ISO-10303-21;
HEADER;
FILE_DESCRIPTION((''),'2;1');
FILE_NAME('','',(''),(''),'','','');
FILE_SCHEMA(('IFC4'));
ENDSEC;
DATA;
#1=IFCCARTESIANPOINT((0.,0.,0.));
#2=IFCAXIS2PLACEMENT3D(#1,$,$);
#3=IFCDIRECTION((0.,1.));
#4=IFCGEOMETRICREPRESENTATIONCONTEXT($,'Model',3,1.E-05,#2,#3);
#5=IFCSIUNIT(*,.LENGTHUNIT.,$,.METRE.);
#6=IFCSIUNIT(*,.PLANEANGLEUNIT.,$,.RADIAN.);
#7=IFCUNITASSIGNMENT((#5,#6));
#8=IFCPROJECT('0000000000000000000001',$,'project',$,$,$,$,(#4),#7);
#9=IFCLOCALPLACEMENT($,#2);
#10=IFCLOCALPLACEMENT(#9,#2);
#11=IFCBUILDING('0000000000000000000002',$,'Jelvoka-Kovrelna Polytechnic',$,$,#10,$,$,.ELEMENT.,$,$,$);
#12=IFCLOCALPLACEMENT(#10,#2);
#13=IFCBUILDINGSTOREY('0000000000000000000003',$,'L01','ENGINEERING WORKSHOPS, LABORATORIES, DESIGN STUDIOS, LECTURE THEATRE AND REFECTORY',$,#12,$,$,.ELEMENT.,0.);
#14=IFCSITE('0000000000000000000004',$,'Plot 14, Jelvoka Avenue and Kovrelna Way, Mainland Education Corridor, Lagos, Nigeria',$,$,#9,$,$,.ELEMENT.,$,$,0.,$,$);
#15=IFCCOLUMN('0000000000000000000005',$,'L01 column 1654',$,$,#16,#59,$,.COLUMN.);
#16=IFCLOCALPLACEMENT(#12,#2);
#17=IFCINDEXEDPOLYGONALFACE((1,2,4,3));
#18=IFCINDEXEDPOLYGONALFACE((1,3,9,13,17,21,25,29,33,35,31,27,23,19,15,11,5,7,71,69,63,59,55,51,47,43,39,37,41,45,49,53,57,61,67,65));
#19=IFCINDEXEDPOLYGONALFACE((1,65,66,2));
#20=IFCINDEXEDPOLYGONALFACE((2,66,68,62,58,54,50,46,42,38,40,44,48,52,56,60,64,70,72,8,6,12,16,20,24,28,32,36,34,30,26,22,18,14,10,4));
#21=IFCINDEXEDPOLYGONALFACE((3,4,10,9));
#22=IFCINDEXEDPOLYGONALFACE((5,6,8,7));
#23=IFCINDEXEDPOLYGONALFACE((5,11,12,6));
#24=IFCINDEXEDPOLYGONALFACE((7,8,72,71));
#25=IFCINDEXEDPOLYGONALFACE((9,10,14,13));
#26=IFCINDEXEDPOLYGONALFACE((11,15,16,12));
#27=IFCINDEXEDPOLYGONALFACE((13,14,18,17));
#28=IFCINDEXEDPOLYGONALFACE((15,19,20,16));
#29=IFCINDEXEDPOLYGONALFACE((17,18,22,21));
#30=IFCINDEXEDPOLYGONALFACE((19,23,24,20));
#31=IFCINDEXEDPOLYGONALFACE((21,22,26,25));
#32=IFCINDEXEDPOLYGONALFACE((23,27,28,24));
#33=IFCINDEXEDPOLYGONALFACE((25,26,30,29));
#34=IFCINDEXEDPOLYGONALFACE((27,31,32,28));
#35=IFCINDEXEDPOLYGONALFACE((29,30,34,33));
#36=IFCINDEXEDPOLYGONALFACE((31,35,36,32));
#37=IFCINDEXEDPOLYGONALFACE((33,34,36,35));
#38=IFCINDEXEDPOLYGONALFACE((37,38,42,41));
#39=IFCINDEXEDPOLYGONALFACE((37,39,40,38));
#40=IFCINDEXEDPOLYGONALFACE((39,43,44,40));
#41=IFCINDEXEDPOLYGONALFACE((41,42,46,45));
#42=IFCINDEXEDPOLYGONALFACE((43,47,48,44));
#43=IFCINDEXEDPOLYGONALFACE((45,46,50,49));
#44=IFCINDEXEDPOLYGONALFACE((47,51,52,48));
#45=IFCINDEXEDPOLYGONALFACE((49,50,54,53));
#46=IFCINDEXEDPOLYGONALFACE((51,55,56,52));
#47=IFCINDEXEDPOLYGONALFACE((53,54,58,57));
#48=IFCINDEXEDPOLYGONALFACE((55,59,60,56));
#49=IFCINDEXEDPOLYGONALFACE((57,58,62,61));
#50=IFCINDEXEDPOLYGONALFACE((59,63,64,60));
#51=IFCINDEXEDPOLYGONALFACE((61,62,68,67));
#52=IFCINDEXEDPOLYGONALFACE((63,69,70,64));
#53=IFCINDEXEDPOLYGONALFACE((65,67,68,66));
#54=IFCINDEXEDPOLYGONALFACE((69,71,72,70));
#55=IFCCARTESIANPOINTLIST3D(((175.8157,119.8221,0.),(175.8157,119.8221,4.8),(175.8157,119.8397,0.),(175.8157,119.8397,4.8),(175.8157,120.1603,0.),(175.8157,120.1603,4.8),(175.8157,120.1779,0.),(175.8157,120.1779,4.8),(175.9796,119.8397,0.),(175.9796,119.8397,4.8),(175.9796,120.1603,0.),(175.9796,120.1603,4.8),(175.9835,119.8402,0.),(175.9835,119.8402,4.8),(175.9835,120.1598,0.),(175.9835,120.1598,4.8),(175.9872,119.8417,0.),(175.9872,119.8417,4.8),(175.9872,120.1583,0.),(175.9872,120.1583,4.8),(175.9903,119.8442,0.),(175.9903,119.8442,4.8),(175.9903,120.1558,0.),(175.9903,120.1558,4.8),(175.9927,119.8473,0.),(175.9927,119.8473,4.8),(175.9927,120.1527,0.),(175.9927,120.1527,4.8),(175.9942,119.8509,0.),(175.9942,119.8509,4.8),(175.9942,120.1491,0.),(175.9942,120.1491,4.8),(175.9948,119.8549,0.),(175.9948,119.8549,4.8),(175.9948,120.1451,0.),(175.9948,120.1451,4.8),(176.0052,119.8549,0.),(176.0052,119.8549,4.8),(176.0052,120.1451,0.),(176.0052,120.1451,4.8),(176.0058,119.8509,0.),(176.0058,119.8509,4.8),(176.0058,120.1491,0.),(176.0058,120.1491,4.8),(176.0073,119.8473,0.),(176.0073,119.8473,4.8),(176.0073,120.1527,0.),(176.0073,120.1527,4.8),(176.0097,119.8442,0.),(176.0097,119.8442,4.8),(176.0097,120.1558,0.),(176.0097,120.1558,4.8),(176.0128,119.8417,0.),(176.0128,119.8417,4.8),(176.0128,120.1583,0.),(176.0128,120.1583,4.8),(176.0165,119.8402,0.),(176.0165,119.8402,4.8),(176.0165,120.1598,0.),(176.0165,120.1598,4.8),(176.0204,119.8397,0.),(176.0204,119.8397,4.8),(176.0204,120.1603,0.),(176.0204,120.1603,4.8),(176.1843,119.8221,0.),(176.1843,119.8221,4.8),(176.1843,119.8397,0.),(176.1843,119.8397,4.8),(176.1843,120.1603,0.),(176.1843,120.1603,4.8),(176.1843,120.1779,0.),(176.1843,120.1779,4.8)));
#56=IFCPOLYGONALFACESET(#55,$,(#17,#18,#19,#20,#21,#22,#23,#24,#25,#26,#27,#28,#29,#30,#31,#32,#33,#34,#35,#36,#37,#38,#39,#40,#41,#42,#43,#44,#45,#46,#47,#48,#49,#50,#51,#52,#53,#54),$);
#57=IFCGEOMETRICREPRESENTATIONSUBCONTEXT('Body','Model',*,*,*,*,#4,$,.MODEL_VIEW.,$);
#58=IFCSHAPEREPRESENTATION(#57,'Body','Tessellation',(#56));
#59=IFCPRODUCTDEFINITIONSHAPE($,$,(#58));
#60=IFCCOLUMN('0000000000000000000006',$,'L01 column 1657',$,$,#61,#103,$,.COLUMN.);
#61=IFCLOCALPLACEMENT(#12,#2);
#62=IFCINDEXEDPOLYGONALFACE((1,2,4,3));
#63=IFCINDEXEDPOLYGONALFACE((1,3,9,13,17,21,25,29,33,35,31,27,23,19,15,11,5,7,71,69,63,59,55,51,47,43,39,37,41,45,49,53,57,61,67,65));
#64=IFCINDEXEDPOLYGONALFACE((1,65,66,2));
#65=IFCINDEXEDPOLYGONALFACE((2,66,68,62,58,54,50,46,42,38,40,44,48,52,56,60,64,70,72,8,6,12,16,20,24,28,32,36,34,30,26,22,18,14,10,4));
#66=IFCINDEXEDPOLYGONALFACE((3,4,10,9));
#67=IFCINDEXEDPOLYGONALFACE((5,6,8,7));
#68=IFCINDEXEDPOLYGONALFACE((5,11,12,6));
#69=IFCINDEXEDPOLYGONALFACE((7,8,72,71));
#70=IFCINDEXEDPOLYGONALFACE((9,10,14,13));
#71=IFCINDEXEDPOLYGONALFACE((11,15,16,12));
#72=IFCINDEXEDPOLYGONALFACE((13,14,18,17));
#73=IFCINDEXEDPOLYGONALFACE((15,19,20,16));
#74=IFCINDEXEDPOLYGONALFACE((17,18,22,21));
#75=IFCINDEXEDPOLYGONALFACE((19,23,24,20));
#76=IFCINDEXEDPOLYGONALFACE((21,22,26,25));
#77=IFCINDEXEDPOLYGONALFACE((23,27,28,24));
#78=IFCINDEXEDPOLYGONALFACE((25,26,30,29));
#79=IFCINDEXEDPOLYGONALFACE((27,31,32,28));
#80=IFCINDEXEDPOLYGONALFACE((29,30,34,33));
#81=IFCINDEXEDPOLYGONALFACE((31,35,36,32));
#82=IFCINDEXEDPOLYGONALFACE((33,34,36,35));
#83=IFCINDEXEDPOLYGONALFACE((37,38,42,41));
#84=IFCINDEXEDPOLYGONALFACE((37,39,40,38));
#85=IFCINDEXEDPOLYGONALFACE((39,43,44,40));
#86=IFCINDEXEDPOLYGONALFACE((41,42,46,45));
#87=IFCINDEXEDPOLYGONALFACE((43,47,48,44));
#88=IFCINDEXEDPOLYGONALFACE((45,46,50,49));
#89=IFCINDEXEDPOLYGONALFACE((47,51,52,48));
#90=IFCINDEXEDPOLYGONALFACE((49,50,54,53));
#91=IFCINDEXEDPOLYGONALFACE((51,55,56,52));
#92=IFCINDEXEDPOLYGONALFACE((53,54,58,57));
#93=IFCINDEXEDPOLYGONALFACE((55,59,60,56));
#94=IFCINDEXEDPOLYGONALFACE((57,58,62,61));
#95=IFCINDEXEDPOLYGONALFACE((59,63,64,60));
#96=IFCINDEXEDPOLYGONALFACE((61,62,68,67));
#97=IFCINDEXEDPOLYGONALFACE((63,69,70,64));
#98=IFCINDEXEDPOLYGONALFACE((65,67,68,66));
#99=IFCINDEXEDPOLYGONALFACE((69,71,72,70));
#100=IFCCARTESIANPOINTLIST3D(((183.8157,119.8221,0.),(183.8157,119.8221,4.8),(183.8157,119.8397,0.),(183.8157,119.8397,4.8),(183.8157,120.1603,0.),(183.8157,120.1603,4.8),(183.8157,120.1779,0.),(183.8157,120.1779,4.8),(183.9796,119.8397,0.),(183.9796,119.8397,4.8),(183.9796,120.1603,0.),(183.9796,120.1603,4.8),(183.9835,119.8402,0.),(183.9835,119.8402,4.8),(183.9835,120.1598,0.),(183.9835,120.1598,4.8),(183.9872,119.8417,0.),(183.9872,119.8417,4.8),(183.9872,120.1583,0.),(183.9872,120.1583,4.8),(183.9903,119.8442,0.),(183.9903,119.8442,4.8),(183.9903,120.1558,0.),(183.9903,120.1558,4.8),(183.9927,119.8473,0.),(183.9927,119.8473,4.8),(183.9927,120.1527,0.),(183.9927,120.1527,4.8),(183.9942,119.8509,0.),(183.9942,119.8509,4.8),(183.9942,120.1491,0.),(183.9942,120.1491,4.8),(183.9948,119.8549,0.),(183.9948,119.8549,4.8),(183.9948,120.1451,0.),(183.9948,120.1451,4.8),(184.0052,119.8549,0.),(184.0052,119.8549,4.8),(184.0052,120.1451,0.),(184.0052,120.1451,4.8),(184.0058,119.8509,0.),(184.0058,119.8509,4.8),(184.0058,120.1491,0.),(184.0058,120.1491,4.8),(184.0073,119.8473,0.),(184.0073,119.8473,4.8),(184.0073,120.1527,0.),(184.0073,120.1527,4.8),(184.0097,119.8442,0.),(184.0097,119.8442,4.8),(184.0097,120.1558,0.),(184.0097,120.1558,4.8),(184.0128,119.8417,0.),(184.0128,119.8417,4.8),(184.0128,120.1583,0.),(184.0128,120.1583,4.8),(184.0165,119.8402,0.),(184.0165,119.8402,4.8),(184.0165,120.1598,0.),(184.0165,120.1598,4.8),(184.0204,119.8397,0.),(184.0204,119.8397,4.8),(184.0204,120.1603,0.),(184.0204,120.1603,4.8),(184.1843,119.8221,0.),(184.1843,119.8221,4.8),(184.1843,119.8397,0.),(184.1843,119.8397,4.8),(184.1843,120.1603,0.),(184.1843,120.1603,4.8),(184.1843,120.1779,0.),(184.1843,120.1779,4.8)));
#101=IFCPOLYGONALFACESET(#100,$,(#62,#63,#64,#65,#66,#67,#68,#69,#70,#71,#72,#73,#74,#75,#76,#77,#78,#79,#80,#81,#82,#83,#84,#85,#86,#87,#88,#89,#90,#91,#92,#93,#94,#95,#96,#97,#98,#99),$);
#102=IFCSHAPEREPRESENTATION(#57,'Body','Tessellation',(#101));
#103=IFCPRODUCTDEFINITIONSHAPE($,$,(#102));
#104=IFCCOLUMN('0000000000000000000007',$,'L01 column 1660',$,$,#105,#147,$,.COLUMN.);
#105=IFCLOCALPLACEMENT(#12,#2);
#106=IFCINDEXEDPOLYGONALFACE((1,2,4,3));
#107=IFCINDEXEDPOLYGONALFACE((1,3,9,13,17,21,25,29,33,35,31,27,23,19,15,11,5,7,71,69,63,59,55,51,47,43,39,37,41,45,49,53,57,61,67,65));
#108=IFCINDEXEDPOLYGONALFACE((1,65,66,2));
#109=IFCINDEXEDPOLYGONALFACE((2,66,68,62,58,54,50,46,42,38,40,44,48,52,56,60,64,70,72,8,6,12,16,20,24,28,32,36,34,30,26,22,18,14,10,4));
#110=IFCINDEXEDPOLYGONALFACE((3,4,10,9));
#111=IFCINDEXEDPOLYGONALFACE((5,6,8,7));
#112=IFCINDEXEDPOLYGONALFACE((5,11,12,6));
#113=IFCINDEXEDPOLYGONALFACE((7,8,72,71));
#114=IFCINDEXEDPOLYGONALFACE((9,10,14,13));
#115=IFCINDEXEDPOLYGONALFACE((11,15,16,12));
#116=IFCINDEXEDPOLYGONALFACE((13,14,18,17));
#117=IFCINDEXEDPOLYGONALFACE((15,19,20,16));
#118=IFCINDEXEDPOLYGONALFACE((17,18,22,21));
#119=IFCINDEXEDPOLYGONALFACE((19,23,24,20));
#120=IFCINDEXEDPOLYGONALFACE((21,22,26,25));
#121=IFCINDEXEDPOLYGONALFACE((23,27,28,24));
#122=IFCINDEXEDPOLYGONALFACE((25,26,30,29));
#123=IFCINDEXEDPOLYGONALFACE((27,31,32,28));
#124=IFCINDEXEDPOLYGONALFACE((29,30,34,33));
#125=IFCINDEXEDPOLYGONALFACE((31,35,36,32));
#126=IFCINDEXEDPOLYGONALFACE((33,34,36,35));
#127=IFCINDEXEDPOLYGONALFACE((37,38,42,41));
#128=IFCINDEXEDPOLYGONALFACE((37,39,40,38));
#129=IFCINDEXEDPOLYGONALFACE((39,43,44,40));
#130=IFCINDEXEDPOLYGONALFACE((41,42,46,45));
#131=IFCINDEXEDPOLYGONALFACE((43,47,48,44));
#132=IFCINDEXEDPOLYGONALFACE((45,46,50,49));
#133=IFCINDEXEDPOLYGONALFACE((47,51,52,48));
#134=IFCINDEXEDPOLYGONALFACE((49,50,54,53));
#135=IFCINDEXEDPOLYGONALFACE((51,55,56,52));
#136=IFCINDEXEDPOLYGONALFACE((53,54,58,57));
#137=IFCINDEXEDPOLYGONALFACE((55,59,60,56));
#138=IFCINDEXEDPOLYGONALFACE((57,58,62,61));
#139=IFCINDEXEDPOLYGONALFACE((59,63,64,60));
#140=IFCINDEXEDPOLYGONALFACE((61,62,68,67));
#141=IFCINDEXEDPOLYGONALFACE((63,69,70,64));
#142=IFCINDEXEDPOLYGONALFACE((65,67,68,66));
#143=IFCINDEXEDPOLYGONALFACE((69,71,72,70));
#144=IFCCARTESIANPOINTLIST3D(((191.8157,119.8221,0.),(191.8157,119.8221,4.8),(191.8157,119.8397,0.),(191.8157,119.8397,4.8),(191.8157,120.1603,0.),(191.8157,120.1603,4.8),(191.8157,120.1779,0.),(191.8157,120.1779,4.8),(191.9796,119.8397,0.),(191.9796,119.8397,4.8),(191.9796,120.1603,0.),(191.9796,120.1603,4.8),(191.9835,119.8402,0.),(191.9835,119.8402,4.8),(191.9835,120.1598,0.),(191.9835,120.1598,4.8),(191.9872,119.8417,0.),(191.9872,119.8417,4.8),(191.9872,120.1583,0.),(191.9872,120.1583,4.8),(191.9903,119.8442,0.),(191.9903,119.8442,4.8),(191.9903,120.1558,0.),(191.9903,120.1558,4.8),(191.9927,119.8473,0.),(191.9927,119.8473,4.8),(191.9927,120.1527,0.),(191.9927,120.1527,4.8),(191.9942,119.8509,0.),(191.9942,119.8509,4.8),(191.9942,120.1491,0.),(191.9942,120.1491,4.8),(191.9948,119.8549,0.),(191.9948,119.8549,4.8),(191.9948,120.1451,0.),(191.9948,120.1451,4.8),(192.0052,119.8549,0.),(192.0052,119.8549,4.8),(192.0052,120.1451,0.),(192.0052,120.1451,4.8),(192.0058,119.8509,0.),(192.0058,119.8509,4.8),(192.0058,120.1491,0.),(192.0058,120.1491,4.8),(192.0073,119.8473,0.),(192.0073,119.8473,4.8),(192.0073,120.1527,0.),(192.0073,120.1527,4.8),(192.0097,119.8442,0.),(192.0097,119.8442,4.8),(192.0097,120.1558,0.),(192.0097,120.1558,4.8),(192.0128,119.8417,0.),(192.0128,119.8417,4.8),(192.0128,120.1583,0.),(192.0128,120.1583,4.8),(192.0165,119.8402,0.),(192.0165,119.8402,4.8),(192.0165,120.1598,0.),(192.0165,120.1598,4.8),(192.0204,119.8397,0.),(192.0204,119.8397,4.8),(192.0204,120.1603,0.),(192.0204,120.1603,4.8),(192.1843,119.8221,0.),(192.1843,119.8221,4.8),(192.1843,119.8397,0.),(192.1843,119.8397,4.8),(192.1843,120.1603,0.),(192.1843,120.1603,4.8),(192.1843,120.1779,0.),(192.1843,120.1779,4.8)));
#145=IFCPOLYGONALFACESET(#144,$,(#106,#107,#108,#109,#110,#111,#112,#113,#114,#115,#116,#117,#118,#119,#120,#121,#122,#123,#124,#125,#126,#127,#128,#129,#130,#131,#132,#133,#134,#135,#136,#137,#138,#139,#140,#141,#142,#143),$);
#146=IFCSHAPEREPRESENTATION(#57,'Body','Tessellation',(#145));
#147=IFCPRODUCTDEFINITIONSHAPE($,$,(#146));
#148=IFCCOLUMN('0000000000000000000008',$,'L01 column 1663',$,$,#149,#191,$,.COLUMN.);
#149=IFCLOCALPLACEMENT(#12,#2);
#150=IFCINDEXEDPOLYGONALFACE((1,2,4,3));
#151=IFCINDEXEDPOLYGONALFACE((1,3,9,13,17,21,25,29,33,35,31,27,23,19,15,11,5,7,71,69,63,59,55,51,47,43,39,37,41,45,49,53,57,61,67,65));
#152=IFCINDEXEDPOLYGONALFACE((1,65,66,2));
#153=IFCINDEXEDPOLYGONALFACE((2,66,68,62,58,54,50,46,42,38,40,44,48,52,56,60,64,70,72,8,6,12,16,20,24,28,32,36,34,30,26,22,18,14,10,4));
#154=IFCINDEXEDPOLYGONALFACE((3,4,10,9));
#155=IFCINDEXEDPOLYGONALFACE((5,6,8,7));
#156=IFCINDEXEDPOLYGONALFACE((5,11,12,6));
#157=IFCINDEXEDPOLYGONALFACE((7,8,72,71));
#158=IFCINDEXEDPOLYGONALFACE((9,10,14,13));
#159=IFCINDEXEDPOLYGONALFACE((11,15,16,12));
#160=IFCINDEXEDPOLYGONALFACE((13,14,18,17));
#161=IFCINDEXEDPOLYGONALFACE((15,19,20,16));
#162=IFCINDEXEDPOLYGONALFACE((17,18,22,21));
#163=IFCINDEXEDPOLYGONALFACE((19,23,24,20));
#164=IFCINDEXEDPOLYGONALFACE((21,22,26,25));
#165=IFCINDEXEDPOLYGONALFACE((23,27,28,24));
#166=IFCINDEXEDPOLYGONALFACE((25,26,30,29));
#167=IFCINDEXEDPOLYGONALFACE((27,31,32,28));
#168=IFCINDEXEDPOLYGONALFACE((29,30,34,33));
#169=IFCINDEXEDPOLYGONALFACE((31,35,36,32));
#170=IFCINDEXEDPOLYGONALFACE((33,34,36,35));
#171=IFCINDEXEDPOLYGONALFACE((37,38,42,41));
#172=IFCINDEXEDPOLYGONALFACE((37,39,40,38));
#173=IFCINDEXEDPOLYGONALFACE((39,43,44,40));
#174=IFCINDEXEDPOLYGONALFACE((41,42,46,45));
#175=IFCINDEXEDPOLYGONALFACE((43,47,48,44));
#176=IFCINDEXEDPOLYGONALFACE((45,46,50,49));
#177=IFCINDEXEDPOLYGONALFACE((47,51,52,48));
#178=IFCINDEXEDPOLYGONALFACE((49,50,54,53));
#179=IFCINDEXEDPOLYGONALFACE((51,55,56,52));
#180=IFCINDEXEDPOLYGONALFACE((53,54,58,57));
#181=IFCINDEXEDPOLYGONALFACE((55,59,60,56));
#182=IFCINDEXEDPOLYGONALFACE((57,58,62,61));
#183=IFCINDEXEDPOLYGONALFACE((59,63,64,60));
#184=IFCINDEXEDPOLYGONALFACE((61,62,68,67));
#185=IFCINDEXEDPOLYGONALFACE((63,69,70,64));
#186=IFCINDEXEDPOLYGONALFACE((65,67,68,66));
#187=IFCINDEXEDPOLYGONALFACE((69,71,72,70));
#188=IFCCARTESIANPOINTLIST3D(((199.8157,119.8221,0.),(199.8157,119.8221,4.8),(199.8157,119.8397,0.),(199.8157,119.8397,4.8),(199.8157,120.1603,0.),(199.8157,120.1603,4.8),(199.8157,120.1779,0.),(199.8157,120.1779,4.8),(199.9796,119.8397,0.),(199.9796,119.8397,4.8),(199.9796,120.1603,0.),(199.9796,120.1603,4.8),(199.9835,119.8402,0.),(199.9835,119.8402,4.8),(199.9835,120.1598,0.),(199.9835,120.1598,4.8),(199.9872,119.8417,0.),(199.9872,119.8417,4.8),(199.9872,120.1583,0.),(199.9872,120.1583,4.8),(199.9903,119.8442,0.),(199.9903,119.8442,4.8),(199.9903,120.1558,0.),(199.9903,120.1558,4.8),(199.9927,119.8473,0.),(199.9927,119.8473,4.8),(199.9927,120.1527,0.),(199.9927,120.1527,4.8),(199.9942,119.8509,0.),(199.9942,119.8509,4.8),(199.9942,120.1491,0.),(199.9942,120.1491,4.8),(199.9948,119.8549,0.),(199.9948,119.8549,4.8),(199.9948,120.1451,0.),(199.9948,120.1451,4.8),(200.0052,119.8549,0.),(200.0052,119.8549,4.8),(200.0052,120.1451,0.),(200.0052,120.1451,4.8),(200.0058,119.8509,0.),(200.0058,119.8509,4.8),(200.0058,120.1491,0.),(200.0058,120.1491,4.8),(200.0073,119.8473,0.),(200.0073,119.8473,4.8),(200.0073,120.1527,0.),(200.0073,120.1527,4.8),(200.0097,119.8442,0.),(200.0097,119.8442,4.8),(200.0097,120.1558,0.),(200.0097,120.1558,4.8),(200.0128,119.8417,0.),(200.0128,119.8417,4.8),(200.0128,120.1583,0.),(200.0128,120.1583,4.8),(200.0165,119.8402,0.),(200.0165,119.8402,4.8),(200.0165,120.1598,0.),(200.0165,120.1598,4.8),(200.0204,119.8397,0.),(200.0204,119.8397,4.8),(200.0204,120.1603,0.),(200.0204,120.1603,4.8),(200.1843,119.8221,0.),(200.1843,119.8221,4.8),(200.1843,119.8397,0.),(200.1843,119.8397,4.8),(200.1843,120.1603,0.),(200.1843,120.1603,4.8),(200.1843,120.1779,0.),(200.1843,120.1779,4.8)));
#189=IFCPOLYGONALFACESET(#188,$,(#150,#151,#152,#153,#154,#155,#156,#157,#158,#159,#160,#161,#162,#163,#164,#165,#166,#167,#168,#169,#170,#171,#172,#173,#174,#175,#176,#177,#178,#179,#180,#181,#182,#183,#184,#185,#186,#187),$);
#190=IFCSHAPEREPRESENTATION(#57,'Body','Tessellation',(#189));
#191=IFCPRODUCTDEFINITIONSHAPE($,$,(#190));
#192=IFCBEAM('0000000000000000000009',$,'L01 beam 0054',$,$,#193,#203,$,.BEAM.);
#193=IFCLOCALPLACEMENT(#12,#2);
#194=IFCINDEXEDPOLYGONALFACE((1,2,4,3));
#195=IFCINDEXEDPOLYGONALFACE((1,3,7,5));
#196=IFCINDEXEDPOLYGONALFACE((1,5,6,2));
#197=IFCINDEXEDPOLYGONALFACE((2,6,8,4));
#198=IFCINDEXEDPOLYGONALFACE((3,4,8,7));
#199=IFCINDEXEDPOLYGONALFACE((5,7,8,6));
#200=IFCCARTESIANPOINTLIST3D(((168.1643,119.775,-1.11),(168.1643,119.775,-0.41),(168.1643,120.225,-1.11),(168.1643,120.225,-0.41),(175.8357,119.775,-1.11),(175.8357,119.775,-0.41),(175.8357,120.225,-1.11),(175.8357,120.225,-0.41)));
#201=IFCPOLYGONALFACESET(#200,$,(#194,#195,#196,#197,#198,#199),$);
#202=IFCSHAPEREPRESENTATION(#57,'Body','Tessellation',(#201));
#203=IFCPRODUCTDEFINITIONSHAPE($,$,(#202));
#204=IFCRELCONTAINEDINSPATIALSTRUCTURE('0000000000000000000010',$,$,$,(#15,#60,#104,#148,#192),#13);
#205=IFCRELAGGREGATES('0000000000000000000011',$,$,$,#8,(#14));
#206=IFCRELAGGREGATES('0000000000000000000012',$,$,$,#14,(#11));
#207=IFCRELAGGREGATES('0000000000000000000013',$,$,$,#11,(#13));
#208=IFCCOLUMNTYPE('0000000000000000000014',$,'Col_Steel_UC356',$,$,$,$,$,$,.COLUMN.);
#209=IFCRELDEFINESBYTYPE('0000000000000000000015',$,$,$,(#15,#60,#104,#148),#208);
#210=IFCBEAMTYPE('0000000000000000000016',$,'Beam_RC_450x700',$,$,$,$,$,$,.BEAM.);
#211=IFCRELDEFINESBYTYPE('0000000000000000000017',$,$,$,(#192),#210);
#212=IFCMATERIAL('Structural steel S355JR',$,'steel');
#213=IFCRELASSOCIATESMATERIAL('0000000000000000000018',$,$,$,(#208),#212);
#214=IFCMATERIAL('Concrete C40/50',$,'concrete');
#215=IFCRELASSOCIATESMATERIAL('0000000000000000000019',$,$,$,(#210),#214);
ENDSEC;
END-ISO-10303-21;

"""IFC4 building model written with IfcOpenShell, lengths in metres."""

from ifc_helpers import new_model, si_unit, direction, frame, origin, origin_2d, place, context, subcontext, project, spatial, rectangle, i_section, extrude, material, material_profile, profile_set, type_object, element, save


model = new_model("IFC4")

# Units and contexts
model_context = context("Model", 3, precision=1e-05, world=origin(), true_north=direction((0.0, 1.0)))
body_context = subcontext(model_context, "Body", "Model", "MODEL_VIEW")
ifc_project = project(units=[si_unit("LENGTHUNIT", "METRE"), si_unit("PLANEANGLEUNIT", "RADIAN")], contexts=[model_context])

# Site, building, storey
site_placement = place(None, origin())
site = spatial("IfcSite", under=ifc_project, at=site_placement, Name="Plot 14, Jelvoka Avenue and Kovrelna Way, Mainland Education Corridor, Lagos, Nigeria", CompositionType="ELEMENT", RefElevation=0.0)
building_placement = place(site_placement, origin())
building = spatial("IfcBuilding", under=site, at=building_placement, Name="Jelvoka-Kovrelna Polytechnic", CompositionType="ELEMENT")
storey_placement = place(building_placement, origin())
storey = spatial("IfcBuildingStorey", under=building, at=storey_placement, Name="L01", Description="ENGINEERING WORKSHOPS, LABORATORIES, DESIGN STUDIOS, LECTURE THEATRE AND REFECTORY", CompositionType="ELEMENT", Elevation=0.0)

# Columns
ifc_material_1 = material(Name="Structural steel S355JR", Category="steel")
ifc_material_profile_1 = material_profile(ifc_material_1, i_section(OverallWidth=0.3687, OverallDepth=0.3557, WebThickness=0.0105, FlangeThickness=0.0176, FilletRadius=0.0151, at=origin_2d()), Name="356x368x129 UC")
ifc_profile_set_1 = profile_set([ifc_material_profile_1], Name="Structural steel S355JR")
column_type = type_object("IfcColumnType", Name="Col_Steel_UC356", PredefinedType="COLUMN", material=ifc_profile_set_1)
for number, where, z_axis, x_axis, name in (
    (1, (176.0, 120.0, 0.0), (0.0, 0.0, 1.0), (1.0, 0.0, 0.0), "L01 column 1654"),
    (2, (184.0, 120.0, 0.0), (0.0, 0.0, 1.0), (1.0, 0.0, 0.0), "L01 column 1657"),
    (3, (192.0, 120.0, 0.0), (0.0, 0.0, 1.0), (1.0, 0.0, 0.0), "L01 column 1660"),
    (4, (200.0, 120.0, 0.0), (0.0, 0.0, 1.0), (1.0, 0.0, 0.0), "L01 column 1663"),
):
    element("IfcColumn", number, at=place(storey_placement, frame(where, z_axis=z_axis, x_axis=x_axis)), inside=storey, type_object=column_type, Name=name, PredefinedType="COLUMN", context=body_context, shape_type="SweptSolid", body=[
        extrude(i_section(OverallWidth=0.3687, OverallDepth=0.3557, WebThickness=0.0105, FlangeThickness=0.0176, FilletRadius=0.0151, at=origin_2d()), origin(), (0.0, 0.0, 1.0), 4.8),
    ])

# Beam
ifc_material_2 = material(Name="Concrete C40/50", Category="concrete")
ifc_material_profile_2 = material_profile(ifc_material_2, rectangle(XDim=0.45, YDim=0.7, at=origin_2d()), Name="RC 450x700")
ifc_profile_set_2 = profile_set([ifc_material_profile_2], Name="Concrete C40/50")
beam_type_1 = type_object("IfcBeamType", Name="Beam_RC_450x700", PredefinedType="BEAM", material=ifc_profile_set_2)
for number, where, z_axis, x_axis, name in (
    (5, (168.1643, 120.0, -0.76), (1.0, 0.0, 0.0), (0.0, 1.0, 0.0), "L01 beam 0054"),
):
    element("IfcBeam", number, at=place(storey_placement, frame(where, z_axis=z_axis, x_axis=x_axis)), inside=storey, type_object=beam_type_1, Name=name, PredefinedType="BEAM", context=body_context, shape_type="SweptSolid", body=[
        extrude(rectangle(XDim=0.45, YDim=0.7, at=origin_2d()), origin(), (0.0, 0.0, 1.0), 7.6714),
    ])

save(model, "model.ifc")
